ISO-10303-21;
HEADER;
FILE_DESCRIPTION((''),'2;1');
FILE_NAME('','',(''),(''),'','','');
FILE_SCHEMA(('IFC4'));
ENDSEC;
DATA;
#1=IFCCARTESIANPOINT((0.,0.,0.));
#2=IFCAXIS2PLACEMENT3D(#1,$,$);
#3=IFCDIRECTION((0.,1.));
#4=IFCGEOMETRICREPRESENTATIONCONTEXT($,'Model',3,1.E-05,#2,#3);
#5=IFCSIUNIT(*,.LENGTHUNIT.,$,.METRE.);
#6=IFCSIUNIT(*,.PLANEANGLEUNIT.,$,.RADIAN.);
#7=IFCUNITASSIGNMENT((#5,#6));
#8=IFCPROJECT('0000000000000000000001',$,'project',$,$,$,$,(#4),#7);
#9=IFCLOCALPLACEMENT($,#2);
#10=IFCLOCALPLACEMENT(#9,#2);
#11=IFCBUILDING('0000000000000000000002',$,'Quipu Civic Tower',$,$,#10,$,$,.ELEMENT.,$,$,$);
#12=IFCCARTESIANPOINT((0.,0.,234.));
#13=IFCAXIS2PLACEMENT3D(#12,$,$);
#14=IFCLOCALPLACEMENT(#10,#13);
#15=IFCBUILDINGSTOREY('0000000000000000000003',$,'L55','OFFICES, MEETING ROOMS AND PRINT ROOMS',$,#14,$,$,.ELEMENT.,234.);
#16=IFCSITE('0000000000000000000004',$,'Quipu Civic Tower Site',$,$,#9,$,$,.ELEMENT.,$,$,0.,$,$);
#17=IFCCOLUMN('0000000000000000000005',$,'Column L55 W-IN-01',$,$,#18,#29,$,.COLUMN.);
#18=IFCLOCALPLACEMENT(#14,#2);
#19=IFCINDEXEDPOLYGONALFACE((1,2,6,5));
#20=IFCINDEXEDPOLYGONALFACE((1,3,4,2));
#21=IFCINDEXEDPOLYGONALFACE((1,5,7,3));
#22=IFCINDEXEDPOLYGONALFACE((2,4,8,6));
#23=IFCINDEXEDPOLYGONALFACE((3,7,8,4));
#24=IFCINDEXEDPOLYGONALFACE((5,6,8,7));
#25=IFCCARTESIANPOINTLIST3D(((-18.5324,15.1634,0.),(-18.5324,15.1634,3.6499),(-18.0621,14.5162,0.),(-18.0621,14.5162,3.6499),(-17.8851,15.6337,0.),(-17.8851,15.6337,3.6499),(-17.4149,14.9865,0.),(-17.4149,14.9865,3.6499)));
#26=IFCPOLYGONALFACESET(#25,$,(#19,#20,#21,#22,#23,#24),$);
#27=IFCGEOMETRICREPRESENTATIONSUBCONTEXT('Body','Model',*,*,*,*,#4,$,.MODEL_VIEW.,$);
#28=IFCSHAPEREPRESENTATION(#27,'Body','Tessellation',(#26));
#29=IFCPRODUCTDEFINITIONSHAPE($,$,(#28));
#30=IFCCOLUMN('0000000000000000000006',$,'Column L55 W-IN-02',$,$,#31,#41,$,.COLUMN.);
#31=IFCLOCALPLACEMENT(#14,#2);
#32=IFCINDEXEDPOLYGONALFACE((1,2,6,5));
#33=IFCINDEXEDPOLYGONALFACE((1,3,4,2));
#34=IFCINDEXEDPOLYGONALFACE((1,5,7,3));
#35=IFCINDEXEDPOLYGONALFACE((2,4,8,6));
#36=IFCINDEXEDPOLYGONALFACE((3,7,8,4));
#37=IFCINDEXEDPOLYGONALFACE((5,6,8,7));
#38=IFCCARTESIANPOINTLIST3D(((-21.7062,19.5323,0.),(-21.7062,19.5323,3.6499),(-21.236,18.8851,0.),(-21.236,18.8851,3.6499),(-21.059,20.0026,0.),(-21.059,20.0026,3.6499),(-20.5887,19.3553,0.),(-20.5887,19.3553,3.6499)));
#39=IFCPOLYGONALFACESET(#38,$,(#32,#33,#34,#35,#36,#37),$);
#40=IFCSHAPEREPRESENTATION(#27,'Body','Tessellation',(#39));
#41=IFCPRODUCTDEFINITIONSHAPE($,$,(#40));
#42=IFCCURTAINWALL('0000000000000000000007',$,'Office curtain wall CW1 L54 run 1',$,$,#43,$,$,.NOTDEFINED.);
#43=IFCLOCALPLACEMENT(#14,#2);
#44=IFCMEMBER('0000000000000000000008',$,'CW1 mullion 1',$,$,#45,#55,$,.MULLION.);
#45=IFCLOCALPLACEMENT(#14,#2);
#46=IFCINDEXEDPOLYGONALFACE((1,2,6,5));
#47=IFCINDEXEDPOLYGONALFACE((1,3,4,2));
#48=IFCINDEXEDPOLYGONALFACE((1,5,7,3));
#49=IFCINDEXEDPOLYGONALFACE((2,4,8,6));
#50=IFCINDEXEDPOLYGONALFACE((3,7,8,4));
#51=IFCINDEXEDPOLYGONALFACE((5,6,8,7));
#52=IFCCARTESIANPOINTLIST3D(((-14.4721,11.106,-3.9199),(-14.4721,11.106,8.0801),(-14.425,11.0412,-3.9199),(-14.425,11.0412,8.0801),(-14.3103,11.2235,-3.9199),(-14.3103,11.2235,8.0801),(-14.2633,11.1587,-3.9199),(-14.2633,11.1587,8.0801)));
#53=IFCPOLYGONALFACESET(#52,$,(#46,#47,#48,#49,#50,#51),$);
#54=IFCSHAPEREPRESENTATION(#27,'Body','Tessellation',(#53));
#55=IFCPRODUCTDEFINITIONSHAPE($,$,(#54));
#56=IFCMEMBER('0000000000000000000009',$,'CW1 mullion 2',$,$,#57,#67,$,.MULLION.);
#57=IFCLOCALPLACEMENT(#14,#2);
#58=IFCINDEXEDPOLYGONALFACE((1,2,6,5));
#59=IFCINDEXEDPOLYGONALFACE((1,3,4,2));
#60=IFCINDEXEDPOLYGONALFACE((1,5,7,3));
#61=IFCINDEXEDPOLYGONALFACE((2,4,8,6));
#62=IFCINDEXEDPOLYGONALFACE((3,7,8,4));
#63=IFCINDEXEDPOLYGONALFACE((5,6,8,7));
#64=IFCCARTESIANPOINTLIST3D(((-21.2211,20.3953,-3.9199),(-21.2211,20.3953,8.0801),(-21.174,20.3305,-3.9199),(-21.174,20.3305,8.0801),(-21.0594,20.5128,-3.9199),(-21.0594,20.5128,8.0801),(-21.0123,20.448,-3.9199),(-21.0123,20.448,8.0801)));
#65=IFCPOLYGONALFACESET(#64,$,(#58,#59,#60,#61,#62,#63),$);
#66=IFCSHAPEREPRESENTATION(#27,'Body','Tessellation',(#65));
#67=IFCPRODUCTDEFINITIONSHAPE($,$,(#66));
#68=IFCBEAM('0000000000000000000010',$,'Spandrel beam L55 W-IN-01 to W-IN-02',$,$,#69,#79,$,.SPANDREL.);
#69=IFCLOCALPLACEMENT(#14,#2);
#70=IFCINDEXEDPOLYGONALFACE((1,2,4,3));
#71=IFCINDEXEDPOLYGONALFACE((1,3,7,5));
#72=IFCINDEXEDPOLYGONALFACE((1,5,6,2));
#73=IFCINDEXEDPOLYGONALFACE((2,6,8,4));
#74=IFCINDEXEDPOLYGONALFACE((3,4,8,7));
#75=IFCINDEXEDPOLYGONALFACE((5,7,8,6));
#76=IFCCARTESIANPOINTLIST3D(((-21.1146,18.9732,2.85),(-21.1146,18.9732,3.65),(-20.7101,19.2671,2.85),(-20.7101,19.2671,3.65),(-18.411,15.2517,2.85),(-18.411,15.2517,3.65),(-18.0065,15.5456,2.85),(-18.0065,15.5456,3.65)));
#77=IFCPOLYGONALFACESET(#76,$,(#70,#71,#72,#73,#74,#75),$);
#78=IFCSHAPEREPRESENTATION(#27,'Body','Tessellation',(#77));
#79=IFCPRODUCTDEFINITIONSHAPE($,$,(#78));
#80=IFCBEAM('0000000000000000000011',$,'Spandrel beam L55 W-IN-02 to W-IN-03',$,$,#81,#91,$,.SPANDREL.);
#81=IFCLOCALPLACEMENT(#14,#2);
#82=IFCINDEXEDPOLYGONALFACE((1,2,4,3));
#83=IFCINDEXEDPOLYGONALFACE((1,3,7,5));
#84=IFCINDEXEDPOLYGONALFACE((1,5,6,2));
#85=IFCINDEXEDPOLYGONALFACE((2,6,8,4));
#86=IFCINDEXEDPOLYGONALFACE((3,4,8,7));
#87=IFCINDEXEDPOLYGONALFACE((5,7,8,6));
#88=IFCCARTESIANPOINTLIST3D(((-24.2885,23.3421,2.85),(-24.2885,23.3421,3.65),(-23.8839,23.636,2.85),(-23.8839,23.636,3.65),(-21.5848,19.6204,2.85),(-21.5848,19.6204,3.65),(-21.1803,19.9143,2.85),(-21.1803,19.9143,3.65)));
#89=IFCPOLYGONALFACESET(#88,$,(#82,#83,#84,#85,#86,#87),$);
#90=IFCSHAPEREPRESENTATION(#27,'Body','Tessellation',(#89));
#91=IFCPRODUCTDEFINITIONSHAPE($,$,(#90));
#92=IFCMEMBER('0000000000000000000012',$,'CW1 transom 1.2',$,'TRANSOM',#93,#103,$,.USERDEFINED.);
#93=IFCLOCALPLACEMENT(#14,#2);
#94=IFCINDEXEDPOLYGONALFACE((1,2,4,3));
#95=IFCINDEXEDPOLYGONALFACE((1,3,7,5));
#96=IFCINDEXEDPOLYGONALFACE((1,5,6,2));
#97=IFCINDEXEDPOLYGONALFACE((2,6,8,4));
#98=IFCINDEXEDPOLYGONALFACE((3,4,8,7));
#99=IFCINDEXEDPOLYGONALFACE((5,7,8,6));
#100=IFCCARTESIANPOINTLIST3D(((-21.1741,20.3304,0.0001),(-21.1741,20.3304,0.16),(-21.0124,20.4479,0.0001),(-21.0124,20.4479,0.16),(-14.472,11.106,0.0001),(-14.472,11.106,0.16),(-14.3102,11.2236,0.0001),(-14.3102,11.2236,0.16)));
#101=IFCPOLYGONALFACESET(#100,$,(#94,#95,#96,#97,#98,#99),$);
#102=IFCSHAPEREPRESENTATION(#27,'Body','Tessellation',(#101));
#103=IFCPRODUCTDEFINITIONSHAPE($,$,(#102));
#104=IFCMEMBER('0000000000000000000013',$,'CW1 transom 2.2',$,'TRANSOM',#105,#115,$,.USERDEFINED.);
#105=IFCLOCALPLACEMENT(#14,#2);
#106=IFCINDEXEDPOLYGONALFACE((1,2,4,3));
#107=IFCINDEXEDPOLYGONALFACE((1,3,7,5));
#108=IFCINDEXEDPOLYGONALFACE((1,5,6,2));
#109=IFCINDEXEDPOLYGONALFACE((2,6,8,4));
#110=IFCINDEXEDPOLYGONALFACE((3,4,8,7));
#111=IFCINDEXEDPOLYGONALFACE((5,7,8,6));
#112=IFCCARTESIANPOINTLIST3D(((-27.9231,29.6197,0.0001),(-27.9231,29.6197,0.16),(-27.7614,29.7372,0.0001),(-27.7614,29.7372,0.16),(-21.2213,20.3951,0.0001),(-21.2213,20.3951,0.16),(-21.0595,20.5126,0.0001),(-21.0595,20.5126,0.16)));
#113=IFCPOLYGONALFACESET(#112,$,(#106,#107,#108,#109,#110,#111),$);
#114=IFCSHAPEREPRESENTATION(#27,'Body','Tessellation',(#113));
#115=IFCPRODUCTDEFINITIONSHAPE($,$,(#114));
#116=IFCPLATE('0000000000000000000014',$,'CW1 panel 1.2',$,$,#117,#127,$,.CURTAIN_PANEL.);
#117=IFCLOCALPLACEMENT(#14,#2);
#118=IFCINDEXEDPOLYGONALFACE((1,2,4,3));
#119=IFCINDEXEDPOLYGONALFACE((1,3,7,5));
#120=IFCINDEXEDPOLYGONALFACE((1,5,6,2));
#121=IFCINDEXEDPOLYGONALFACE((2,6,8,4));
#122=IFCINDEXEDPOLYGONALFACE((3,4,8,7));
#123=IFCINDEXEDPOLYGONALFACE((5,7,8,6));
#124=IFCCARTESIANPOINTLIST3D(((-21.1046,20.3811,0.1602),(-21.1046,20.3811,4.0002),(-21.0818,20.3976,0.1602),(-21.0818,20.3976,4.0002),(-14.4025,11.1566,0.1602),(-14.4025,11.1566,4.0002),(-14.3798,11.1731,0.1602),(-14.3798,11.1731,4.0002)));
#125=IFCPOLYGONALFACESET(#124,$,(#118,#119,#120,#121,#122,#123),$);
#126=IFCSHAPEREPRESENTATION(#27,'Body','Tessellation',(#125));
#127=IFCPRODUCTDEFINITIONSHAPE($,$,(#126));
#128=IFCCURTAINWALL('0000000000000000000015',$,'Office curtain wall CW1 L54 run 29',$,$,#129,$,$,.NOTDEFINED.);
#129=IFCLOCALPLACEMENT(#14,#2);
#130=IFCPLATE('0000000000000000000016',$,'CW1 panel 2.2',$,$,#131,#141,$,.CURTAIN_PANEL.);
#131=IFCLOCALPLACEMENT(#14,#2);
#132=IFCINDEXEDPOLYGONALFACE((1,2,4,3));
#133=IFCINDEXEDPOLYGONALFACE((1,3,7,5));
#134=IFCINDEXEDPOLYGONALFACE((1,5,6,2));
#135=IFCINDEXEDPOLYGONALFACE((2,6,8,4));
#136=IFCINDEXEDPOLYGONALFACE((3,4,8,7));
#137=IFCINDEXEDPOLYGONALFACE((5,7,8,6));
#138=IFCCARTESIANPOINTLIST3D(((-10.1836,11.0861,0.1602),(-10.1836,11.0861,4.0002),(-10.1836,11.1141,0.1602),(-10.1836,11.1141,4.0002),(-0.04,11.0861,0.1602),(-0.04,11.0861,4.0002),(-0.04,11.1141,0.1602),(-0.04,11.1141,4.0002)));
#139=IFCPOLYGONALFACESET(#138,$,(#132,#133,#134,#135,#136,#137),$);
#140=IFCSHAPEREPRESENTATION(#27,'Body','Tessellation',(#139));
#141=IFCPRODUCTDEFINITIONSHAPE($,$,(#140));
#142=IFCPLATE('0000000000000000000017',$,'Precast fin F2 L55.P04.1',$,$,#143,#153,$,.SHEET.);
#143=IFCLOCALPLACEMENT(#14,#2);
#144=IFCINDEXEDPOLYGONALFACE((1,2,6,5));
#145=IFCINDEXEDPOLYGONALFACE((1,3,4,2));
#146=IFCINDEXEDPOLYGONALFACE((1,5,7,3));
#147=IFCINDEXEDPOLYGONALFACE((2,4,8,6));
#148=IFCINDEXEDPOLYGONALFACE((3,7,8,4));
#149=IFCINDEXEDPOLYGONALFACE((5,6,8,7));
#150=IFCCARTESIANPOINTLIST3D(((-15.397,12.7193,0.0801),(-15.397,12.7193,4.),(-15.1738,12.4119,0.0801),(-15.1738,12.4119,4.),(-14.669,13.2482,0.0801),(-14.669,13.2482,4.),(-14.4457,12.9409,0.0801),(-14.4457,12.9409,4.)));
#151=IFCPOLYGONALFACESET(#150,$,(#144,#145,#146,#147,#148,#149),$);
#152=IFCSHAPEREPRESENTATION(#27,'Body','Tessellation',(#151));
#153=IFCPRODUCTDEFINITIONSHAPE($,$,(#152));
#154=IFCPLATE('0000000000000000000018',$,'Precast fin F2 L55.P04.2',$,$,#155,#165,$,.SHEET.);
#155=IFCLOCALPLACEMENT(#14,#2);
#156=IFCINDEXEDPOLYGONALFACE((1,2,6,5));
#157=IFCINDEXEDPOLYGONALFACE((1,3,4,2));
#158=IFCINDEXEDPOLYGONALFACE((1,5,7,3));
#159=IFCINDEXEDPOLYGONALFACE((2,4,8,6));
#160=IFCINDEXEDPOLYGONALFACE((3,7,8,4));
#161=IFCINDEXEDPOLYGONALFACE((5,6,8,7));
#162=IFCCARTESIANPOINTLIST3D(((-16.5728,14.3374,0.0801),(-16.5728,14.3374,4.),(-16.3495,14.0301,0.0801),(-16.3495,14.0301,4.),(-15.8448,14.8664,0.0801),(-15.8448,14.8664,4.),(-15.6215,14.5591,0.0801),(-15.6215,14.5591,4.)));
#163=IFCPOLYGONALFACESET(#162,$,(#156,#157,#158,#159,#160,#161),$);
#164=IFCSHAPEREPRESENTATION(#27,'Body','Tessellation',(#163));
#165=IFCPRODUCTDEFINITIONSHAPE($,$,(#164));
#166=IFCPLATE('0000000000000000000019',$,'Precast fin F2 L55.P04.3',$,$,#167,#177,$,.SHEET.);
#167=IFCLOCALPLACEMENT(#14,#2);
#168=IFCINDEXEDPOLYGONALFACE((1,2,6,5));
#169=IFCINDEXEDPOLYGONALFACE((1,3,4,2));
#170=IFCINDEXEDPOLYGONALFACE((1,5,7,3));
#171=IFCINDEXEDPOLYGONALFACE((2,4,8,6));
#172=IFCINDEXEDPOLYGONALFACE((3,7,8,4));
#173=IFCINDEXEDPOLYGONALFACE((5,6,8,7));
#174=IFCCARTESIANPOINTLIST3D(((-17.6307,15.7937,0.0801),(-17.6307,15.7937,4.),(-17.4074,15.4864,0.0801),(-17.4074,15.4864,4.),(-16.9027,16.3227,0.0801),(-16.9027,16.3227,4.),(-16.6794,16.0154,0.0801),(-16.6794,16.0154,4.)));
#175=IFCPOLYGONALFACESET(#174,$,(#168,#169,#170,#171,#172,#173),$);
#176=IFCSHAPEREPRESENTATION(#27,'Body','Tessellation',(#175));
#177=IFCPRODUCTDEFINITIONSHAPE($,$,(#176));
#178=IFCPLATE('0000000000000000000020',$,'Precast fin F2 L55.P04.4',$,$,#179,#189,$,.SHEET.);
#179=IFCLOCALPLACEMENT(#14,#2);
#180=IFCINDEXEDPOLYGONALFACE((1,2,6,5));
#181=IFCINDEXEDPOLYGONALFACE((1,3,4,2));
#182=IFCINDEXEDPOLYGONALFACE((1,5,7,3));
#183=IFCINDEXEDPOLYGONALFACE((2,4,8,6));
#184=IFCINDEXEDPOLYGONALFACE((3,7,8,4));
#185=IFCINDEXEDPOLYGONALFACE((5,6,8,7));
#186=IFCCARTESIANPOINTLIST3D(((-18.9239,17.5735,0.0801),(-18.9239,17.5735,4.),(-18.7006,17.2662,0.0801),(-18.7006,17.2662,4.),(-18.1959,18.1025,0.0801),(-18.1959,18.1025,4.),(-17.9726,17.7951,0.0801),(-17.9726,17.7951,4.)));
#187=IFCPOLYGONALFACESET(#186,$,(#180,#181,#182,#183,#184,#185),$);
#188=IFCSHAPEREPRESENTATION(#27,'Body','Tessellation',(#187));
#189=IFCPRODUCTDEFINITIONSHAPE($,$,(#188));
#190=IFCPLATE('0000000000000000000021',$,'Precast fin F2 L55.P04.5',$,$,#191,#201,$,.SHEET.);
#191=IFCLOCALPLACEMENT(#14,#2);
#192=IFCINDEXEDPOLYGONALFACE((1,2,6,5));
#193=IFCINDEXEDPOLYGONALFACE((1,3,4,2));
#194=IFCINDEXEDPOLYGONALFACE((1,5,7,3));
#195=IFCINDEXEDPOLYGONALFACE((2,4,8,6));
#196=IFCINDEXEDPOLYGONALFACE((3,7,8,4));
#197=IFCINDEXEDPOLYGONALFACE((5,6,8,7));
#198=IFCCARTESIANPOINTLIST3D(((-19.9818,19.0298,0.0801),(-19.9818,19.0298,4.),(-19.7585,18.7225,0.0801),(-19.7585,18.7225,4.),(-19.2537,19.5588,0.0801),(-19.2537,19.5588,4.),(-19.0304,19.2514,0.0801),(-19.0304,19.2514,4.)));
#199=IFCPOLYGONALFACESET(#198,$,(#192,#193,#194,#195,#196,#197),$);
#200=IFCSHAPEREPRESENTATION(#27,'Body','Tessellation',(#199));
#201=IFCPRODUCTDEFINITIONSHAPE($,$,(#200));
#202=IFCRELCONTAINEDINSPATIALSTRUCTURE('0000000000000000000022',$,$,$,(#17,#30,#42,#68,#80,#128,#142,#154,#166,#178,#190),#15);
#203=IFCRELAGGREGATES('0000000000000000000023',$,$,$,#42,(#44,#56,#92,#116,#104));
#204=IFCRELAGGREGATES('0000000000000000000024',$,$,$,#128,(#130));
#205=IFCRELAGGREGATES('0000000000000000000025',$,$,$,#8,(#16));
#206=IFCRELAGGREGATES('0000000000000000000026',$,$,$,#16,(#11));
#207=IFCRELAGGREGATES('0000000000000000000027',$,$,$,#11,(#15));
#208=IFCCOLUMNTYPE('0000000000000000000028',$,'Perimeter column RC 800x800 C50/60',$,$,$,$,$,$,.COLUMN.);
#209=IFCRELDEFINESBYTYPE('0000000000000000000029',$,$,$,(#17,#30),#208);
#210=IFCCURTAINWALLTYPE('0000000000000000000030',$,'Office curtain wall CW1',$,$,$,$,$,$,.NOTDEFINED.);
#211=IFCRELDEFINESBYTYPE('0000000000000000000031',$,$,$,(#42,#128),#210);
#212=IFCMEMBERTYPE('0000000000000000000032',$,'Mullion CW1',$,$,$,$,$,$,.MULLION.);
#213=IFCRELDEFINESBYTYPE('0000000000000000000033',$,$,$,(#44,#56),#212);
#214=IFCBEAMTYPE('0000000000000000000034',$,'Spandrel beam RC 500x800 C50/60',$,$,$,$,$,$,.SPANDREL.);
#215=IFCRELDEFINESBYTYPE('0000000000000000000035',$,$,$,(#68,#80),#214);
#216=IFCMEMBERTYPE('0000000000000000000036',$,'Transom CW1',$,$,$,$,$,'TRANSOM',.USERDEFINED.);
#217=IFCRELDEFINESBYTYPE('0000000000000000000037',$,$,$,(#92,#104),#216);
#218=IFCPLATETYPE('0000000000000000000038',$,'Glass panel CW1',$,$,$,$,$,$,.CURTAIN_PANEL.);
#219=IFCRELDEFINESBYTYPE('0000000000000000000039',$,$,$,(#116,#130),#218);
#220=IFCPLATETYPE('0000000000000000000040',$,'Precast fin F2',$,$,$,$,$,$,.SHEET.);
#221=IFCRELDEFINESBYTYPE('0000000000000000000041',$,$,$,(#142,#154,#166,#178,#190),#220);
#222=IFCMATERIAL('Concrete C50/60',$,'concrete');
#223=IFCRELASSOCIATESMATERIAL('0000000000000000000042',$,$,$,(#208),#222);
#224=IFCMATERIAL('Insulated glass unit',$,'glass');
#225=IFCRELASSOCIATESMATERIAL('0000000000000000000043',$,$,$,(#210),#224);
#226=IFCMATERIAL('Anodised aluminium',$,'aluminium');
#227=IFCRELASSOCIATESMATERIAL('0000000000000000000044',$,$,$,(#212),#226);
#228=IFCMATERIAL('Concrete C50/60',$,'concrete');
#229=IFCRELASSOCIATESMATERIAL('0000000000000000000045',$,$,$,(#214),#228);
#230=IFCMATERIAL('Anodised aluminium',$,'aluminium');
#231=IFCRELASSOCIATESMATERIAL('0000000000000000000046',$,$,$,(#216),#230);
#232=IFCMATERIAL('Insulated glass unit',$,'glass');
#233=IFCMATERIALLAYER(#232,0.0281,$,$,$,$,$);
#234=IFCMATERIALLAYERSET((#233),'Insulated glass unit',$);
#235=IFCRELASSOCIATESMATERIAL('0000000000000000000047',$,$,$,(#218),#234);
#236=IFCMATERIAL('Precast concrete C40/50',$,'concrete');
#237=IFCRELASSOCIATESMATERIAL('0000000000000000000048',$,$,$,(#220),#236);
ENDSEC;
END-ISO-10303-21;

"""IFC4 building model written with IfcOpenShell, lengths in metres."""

from ifc_helpers import new_model, si_unit, direction, frame, origin, origin_2d, place, context, subcontext, project, spatial, rectangle, extrude, material, layer, layer_set, material_profile, profile_set, type_object, element, aggregate, save


model = new_model("IFC4")

# Units and contexts
model_context = context("Model", 3, precision=1e-05, world=origin(), true_north=direction((0.0, 1.0)))
body_context = subcontext(model_context, "Body", "Model", "MODEL_VIEW")
ifc_project = project(units=[si_unit("LENGTHUNIT", "METRE"), si_unit("PLANEANGLEUNIT", "RADIAN")], contexts=[model_context])

# Site, building, storey
site_placement = place(None, origin())
site = spatial("IfcSite", under=ifc_project, at=site_placement, Name="Quipu Civic Tower Site", CompositionType="ELEMENT", RefElevation=0.0)
building_placement = place(site_placement, origin())
building = spatial("IfcBuilding", under=site, at=building_placement, Name="Quipu Civic Tower", CompositionType="ELEMENT")
storey_placement = place(building_placement, frame((0.0, 0.0, 234.0)))
storey = spatial("IfcBuildingStorey", under=building, at=storey_placement, Name="L55", Description="OFFICES, MEETING ROOMS AND PRINT ROOMS", CompositionType="ELEMENT", Elevation=234.0)

# Columns
ifc_material_1 = material(Name="Concrete C50/60", Category="concrete")
ifc_material_profile_1 = material_profile(ifc_material_1, rectangle(XDim=0.8, YDim=0.8, at=origin_2d()), Name="RC800x800")
ifc_profile_set_1 = profile_set([ifc_material_profile_1], Name="Concrete C50/60")
column_type = type_object("IfcColumnType", Name="Perimeter column RC 800x800 C50/60", PredefinedType="COLUMN", material=ifc_profile_set_1)
for number, where, z_axis, x_axis, name in (
    (1, (-17.9736, 15.075, 0.0), (0.0, 0.0, 1.0), (-0.587785, 0.809017, 0.0), "Column L55 W-IN-01"),
    (2, (-21.1475, 19.4438, 0.0), (0.0, 0.0, 1.0), (-0.587785, 0.809017, 0.0), "Column L55 W-IN-02"),
):
    element("IfcColumn", number, at=place(storey_placement, frame(where, z_axis=z_axis, x_axis=x_axis)), inside=storey, type_object=column_type, Name=name, PredefinedType="COLUMN", context=body_context, shape_type="SweptSolid", body=[
        extrude(rectangle(XDim=0.8, YDim=0.8, at=origin_2d()), origin(), (0.0, 0.0, 1.0), 3.6499),
    ])

# Curtain wall, members
ifc_material_2 = material(Name="Insulated glass unit", Category="glass")
curtain_wall_type = type_object("IfcCurtainWallType", Name="Office curtain wall CW1", PredefinedType="NOTDEFINED", material=ifc_material_2)
curtain_wall_1_placement = place(storey_placement, origin())
curtain_wall_1 = element("IfcCurtainWall", 3, at=curtain_wall_1_placement, inside=storey, type_object=curtain_wall_type, Name="Office curtain wall CW1 L54 run 1", PredefinedType="NOTDEFINED")
ifc_material_3 = material(Name="Anodised aluminium", Category="aluminium")
ifc_material_profile_2 = material_profile(ifc_material_3, rectangle(XDim=0.2, YDim=0.0801, at=origin_2d()), Name="RECT 200x80")
ifc_profile_set_2 = profile_set([ifc_material_profile_2], Name="Anodised aluminium")
member_type_1 = type_object("IfcMemberType", Name="Mullion CW1", PredefinedType="MULLION", material=ifc_profile_set_2)
member_1_placement = place(storey_placement, frame((-14.3677, 11.1323, -3.9199), z_axis=(0.0, 0.0, 1.0), x_axis=(-0.809014, -0.587789, 0.0)))
member_1 = element("IfcMember", 4, at=member_1_placement, type_object=member_type_1, Name="CW1 mullion 1", PredefinedType="MULLION", context=body_context, shape_type="SweptSolid", body=[
    extrude(rectangle(XDim=0.2, YDim=0.0801, at=origin_2d()), origin(), (0.0, 0.0, 1.0), 12.0),
])
member_2_placement = place(storey_placement, frame((-21.1167, 20.4216, -3.9199), z_axis=(0.0, 0.0, 1.0), x_axis=(-0.809014, -0.587789, 0.0)))
member_2 = element("IfcMember", 5, at=member_2_placement, type_object=member_type_1, Name="CW1 mullion 2", PredefinedType="MULLION", context=body_context, shape_type="SweptSolid", body=[
    extrude(rectangle(XDim=0.2, YDim=0.0801, at=origin_2d()), origin(), (0.0, 0.0, 1.0), 12.0),
])

# Beams
ifc_material_4 = material(Name="Concrete C50/60", Category="concrete")
ifc_material_profile_3 = material_profile(ifc_material_4, rectangle(XDim=0.5, YDim=0.8, at=origin_2d()), Name="RC500x800")
ifc_profile_set_3 = profile_set([ifc_material_profile_3], Name="Concrete C50/60")
beam_type = type_object("IfcBeamType", Name="Spandrel beam RC 500x800 C50/60", PredefinedType="SPANDREL", material=ifc_profile_set_3)
beam_1_placement = place(storey_placement, frame((-18.2087, 15.3987, 3.25), z_axis=(-0.587761, 0.809034, 0.0), x_axis=(-0.809034, -0.587761, 0.0)))
element("IfcBeam", 6, at=beam_1_placement, inside=storey, type_object=beam_type, Name="Spandrel beam L55 W-IN-01 to W-IN-02", PredefinedType="SPANDREL", context=body_context, shape_type="SweptSolid", body=[
    extrude(rectangle(XDim=0.5, YDim=0.8, at=origin_2d()), origin(), (0.0, 0.0, 1.0), 4.5999),
])
beam_2_placement = place(storey_placement, frame((-21.3826, 19.7673, 3.25), z_axis=(-0.587736, 0.809053, 0.0), x_axis=(-0.809053, -0.587736, 0.0)))
element("IfcBeam", 7, at=beam_2_placement, inside=storey, type_object=beam_type, Name="Spandrel beam L55 W-IN-02 to W-IN-03", PredefinedType="SPANDREL", context=body_context, shape_type="SweptSolid", body=[
    extrude(rectangle(XDim=0.5, YDim=0.8, at=origin_2d()), origin(), (0.0, 0.0, 1.0), 4.6001),
])

# Members
ifc_material_5 = material(Name="Anodised aluminium", Category="aluminium")
ifc_material_profile_4 = material_profile(ifc_material_5, rectangle(XDim=0.2, YDim=0.1599, at=origin_2d()), Name="RECT 200x160")
ifc_profile_set_4 = profile_set([ifc_material_profile_4], Name="Anodised aluminium")
member_type_2 = type_object("IfcMemberType", Name="Transom CW1", ElementType="TRANSOM", PredefinedType="USERDEFINED", material=ifc_profile_set_4)
member_3_placement = place(storey_placement, frame((-14.3911, 11.1648, 0.0801), z_axis=(-0.5878, 0.809006, 0.0), x_axis=(-0.809006, -0.5878, 0.0)))
member_3 = element("IfcMember", 8, at=member_3_placement, type_object=member_type_2, Name="CW1 transom 1.2", ObjectType="TRANSOM", PredefinedType="USERDEFINED", context=body_context, shape_type="SweptSolid", body=[
    extrude(rectangle(XDim=0.2, YDim=0.1599, at=origin_2d()), origin(), (0.0, 0.0, 1.0), 11.4021),
])
member_4_placement = place(storey_placement, frame((-21.1404, 20.4539, 0.0801), z_axis=(-0.587776, 0.809024, 0.0), x_axis=(-0.809024, -0.587776, 0.0)))
member_4 = element("IfcMember", 9, at=member_4_placement, type_object=member_type_2, Name="CW1 transom 2.2", ObjectType="TRANSOM", PredefinedType="USERDEFINED", context=body_context, shape_type="SweptSolid", body=[
    extrude(rectangle(XDim=0.2, YDim=0.1599, at=origin_2d()), origin(), (0.0, 0.0, 1.0), 11.4021),
])

# Plate
ifc_material_6 = material(Name="Insulated glass unit", Category="glass")
ifc_layer_1 = layer(ifc_material_6, 0.0281)
ifc_layer_set_1 = layer_set([ifc_layer_1], Name="Insulated glass unit")
plate_type_1 = type_object("IfcPlateType", Name="Glass panel CW1", PredefinedType="CURTAIN_PANEL", material=ifc_layer_set_1)
plate_1_placement = place(storey_placement, frame((-17.7422, 15.7771, 0.1602), z_axis=(0.0, 0.0, 1.0), x_axis=(-0.587789, 0.809014, 0.0)))
plate_1 = element("IfcPlate", 10, at=plate_1_placement, type_object=plate_type_1, Name="CW1 panel 1.2", PredefinedType="CURTAIN_PANEL", context=body_context, shape_type="SweptSolid", body=[
    extrude(rectangle(XDim=11.4021, YDim=0.0281, at=origin_2d()), origin(), (0.0, 0.0, 1.0), 3.8401),
])
aggregate(curtain_wall_1, [member_1, member_2, member_3, plate_1, member_4])

# Curtain wall, plate
curtain_wall_2_placement = place(storey_placement, origin())
curtain_wall_2 = element("IfcCurtainWall", 11, at=curtain_wall_2_placement, inside=storey, type_object=curtain_wall_type, Name="Office curtain wall CW1 L54 run 29", PredefinedType="NOTDEFINED")
plate_2_placement = place(storey_placement, frame((-5.1118, 11.1001, 0.1602), z_axis=(0.0, 0.0, 1.0), x_axis=(-1.0, 0.0, 0.0)))
plate_2 = element("IfcPlate", 12, at=plate_2_placement, type_object=plate_type_1, Name="CW1 panel 2.2", PredefinedType="CURTAIN_PANEL", context=body_context, shape_type="SweptSolid", body=[
    extrude(rectangle(XDim=10.1436, YDim=0.0281, at=origin_2d()), origin(), (0.0, 0.0, 1.0), 3.8401),
])
aggregate(curtain_wall_2, [plate_2])

# Plates
ifc_material_7 = material(Name="Precast concrete C40/50", Category="concrete")
plate_type_2 = type_object("IfcPlateType", Name="Precast fin F2", PredefinedType="SHEET", material=ifc_material_7)
for number, where, z_axis, x_axis, name in (
    (13, (-14.9214, 12.8301, 0.0801), (0.0, 0.0, 1.0), (-0.587787, 0.809016, 0.0), "Precast fin F2 L55.P04.1"),
    (14, (-16.0972, 14.4482, 0.0801), (0.0, 0.0, 1.0), (-0.587787, 0.809016, 0.0), "Precast fin F2 L55.P04.2"),
    (15, (-17.155, 15.9045, 0.0801), (0.0, 0.0, 1.0), (-0.587787, 0.809016, 0.0), "Precast fin F2 L55.P04.3"),
    (16, (-18.4482, 17.6843, 0.0801), (0.0, 0.0, 1.0), (-0.587787, 0.809016, 0.0), "Precast fin F2 L55.P04.4"),
    (17, (-19.5061, 19.1406, 0.0801), (0.0, 0.0, 1.0), (-0.587787, 0.809016, 0.0), "Precast fin F2 L55.P04.5"),
):
    element("IfcPlate", number, at=place(storey_placement, frame(where, z_axis=z_axis, x_axis=x_axis)), inside=storey, type_object=plate_type_2, Name=name, PredefinedType="SHEET", context=body_context, shape_type="SweptSolid", body=[
        extrude(rectangle(XDim=0.3799, YDim=0.8999, at=origin_2d()), origin(), (0.0, 0.0, 1.0), 3.9199),
    ])

save(model, "model.ifc")
